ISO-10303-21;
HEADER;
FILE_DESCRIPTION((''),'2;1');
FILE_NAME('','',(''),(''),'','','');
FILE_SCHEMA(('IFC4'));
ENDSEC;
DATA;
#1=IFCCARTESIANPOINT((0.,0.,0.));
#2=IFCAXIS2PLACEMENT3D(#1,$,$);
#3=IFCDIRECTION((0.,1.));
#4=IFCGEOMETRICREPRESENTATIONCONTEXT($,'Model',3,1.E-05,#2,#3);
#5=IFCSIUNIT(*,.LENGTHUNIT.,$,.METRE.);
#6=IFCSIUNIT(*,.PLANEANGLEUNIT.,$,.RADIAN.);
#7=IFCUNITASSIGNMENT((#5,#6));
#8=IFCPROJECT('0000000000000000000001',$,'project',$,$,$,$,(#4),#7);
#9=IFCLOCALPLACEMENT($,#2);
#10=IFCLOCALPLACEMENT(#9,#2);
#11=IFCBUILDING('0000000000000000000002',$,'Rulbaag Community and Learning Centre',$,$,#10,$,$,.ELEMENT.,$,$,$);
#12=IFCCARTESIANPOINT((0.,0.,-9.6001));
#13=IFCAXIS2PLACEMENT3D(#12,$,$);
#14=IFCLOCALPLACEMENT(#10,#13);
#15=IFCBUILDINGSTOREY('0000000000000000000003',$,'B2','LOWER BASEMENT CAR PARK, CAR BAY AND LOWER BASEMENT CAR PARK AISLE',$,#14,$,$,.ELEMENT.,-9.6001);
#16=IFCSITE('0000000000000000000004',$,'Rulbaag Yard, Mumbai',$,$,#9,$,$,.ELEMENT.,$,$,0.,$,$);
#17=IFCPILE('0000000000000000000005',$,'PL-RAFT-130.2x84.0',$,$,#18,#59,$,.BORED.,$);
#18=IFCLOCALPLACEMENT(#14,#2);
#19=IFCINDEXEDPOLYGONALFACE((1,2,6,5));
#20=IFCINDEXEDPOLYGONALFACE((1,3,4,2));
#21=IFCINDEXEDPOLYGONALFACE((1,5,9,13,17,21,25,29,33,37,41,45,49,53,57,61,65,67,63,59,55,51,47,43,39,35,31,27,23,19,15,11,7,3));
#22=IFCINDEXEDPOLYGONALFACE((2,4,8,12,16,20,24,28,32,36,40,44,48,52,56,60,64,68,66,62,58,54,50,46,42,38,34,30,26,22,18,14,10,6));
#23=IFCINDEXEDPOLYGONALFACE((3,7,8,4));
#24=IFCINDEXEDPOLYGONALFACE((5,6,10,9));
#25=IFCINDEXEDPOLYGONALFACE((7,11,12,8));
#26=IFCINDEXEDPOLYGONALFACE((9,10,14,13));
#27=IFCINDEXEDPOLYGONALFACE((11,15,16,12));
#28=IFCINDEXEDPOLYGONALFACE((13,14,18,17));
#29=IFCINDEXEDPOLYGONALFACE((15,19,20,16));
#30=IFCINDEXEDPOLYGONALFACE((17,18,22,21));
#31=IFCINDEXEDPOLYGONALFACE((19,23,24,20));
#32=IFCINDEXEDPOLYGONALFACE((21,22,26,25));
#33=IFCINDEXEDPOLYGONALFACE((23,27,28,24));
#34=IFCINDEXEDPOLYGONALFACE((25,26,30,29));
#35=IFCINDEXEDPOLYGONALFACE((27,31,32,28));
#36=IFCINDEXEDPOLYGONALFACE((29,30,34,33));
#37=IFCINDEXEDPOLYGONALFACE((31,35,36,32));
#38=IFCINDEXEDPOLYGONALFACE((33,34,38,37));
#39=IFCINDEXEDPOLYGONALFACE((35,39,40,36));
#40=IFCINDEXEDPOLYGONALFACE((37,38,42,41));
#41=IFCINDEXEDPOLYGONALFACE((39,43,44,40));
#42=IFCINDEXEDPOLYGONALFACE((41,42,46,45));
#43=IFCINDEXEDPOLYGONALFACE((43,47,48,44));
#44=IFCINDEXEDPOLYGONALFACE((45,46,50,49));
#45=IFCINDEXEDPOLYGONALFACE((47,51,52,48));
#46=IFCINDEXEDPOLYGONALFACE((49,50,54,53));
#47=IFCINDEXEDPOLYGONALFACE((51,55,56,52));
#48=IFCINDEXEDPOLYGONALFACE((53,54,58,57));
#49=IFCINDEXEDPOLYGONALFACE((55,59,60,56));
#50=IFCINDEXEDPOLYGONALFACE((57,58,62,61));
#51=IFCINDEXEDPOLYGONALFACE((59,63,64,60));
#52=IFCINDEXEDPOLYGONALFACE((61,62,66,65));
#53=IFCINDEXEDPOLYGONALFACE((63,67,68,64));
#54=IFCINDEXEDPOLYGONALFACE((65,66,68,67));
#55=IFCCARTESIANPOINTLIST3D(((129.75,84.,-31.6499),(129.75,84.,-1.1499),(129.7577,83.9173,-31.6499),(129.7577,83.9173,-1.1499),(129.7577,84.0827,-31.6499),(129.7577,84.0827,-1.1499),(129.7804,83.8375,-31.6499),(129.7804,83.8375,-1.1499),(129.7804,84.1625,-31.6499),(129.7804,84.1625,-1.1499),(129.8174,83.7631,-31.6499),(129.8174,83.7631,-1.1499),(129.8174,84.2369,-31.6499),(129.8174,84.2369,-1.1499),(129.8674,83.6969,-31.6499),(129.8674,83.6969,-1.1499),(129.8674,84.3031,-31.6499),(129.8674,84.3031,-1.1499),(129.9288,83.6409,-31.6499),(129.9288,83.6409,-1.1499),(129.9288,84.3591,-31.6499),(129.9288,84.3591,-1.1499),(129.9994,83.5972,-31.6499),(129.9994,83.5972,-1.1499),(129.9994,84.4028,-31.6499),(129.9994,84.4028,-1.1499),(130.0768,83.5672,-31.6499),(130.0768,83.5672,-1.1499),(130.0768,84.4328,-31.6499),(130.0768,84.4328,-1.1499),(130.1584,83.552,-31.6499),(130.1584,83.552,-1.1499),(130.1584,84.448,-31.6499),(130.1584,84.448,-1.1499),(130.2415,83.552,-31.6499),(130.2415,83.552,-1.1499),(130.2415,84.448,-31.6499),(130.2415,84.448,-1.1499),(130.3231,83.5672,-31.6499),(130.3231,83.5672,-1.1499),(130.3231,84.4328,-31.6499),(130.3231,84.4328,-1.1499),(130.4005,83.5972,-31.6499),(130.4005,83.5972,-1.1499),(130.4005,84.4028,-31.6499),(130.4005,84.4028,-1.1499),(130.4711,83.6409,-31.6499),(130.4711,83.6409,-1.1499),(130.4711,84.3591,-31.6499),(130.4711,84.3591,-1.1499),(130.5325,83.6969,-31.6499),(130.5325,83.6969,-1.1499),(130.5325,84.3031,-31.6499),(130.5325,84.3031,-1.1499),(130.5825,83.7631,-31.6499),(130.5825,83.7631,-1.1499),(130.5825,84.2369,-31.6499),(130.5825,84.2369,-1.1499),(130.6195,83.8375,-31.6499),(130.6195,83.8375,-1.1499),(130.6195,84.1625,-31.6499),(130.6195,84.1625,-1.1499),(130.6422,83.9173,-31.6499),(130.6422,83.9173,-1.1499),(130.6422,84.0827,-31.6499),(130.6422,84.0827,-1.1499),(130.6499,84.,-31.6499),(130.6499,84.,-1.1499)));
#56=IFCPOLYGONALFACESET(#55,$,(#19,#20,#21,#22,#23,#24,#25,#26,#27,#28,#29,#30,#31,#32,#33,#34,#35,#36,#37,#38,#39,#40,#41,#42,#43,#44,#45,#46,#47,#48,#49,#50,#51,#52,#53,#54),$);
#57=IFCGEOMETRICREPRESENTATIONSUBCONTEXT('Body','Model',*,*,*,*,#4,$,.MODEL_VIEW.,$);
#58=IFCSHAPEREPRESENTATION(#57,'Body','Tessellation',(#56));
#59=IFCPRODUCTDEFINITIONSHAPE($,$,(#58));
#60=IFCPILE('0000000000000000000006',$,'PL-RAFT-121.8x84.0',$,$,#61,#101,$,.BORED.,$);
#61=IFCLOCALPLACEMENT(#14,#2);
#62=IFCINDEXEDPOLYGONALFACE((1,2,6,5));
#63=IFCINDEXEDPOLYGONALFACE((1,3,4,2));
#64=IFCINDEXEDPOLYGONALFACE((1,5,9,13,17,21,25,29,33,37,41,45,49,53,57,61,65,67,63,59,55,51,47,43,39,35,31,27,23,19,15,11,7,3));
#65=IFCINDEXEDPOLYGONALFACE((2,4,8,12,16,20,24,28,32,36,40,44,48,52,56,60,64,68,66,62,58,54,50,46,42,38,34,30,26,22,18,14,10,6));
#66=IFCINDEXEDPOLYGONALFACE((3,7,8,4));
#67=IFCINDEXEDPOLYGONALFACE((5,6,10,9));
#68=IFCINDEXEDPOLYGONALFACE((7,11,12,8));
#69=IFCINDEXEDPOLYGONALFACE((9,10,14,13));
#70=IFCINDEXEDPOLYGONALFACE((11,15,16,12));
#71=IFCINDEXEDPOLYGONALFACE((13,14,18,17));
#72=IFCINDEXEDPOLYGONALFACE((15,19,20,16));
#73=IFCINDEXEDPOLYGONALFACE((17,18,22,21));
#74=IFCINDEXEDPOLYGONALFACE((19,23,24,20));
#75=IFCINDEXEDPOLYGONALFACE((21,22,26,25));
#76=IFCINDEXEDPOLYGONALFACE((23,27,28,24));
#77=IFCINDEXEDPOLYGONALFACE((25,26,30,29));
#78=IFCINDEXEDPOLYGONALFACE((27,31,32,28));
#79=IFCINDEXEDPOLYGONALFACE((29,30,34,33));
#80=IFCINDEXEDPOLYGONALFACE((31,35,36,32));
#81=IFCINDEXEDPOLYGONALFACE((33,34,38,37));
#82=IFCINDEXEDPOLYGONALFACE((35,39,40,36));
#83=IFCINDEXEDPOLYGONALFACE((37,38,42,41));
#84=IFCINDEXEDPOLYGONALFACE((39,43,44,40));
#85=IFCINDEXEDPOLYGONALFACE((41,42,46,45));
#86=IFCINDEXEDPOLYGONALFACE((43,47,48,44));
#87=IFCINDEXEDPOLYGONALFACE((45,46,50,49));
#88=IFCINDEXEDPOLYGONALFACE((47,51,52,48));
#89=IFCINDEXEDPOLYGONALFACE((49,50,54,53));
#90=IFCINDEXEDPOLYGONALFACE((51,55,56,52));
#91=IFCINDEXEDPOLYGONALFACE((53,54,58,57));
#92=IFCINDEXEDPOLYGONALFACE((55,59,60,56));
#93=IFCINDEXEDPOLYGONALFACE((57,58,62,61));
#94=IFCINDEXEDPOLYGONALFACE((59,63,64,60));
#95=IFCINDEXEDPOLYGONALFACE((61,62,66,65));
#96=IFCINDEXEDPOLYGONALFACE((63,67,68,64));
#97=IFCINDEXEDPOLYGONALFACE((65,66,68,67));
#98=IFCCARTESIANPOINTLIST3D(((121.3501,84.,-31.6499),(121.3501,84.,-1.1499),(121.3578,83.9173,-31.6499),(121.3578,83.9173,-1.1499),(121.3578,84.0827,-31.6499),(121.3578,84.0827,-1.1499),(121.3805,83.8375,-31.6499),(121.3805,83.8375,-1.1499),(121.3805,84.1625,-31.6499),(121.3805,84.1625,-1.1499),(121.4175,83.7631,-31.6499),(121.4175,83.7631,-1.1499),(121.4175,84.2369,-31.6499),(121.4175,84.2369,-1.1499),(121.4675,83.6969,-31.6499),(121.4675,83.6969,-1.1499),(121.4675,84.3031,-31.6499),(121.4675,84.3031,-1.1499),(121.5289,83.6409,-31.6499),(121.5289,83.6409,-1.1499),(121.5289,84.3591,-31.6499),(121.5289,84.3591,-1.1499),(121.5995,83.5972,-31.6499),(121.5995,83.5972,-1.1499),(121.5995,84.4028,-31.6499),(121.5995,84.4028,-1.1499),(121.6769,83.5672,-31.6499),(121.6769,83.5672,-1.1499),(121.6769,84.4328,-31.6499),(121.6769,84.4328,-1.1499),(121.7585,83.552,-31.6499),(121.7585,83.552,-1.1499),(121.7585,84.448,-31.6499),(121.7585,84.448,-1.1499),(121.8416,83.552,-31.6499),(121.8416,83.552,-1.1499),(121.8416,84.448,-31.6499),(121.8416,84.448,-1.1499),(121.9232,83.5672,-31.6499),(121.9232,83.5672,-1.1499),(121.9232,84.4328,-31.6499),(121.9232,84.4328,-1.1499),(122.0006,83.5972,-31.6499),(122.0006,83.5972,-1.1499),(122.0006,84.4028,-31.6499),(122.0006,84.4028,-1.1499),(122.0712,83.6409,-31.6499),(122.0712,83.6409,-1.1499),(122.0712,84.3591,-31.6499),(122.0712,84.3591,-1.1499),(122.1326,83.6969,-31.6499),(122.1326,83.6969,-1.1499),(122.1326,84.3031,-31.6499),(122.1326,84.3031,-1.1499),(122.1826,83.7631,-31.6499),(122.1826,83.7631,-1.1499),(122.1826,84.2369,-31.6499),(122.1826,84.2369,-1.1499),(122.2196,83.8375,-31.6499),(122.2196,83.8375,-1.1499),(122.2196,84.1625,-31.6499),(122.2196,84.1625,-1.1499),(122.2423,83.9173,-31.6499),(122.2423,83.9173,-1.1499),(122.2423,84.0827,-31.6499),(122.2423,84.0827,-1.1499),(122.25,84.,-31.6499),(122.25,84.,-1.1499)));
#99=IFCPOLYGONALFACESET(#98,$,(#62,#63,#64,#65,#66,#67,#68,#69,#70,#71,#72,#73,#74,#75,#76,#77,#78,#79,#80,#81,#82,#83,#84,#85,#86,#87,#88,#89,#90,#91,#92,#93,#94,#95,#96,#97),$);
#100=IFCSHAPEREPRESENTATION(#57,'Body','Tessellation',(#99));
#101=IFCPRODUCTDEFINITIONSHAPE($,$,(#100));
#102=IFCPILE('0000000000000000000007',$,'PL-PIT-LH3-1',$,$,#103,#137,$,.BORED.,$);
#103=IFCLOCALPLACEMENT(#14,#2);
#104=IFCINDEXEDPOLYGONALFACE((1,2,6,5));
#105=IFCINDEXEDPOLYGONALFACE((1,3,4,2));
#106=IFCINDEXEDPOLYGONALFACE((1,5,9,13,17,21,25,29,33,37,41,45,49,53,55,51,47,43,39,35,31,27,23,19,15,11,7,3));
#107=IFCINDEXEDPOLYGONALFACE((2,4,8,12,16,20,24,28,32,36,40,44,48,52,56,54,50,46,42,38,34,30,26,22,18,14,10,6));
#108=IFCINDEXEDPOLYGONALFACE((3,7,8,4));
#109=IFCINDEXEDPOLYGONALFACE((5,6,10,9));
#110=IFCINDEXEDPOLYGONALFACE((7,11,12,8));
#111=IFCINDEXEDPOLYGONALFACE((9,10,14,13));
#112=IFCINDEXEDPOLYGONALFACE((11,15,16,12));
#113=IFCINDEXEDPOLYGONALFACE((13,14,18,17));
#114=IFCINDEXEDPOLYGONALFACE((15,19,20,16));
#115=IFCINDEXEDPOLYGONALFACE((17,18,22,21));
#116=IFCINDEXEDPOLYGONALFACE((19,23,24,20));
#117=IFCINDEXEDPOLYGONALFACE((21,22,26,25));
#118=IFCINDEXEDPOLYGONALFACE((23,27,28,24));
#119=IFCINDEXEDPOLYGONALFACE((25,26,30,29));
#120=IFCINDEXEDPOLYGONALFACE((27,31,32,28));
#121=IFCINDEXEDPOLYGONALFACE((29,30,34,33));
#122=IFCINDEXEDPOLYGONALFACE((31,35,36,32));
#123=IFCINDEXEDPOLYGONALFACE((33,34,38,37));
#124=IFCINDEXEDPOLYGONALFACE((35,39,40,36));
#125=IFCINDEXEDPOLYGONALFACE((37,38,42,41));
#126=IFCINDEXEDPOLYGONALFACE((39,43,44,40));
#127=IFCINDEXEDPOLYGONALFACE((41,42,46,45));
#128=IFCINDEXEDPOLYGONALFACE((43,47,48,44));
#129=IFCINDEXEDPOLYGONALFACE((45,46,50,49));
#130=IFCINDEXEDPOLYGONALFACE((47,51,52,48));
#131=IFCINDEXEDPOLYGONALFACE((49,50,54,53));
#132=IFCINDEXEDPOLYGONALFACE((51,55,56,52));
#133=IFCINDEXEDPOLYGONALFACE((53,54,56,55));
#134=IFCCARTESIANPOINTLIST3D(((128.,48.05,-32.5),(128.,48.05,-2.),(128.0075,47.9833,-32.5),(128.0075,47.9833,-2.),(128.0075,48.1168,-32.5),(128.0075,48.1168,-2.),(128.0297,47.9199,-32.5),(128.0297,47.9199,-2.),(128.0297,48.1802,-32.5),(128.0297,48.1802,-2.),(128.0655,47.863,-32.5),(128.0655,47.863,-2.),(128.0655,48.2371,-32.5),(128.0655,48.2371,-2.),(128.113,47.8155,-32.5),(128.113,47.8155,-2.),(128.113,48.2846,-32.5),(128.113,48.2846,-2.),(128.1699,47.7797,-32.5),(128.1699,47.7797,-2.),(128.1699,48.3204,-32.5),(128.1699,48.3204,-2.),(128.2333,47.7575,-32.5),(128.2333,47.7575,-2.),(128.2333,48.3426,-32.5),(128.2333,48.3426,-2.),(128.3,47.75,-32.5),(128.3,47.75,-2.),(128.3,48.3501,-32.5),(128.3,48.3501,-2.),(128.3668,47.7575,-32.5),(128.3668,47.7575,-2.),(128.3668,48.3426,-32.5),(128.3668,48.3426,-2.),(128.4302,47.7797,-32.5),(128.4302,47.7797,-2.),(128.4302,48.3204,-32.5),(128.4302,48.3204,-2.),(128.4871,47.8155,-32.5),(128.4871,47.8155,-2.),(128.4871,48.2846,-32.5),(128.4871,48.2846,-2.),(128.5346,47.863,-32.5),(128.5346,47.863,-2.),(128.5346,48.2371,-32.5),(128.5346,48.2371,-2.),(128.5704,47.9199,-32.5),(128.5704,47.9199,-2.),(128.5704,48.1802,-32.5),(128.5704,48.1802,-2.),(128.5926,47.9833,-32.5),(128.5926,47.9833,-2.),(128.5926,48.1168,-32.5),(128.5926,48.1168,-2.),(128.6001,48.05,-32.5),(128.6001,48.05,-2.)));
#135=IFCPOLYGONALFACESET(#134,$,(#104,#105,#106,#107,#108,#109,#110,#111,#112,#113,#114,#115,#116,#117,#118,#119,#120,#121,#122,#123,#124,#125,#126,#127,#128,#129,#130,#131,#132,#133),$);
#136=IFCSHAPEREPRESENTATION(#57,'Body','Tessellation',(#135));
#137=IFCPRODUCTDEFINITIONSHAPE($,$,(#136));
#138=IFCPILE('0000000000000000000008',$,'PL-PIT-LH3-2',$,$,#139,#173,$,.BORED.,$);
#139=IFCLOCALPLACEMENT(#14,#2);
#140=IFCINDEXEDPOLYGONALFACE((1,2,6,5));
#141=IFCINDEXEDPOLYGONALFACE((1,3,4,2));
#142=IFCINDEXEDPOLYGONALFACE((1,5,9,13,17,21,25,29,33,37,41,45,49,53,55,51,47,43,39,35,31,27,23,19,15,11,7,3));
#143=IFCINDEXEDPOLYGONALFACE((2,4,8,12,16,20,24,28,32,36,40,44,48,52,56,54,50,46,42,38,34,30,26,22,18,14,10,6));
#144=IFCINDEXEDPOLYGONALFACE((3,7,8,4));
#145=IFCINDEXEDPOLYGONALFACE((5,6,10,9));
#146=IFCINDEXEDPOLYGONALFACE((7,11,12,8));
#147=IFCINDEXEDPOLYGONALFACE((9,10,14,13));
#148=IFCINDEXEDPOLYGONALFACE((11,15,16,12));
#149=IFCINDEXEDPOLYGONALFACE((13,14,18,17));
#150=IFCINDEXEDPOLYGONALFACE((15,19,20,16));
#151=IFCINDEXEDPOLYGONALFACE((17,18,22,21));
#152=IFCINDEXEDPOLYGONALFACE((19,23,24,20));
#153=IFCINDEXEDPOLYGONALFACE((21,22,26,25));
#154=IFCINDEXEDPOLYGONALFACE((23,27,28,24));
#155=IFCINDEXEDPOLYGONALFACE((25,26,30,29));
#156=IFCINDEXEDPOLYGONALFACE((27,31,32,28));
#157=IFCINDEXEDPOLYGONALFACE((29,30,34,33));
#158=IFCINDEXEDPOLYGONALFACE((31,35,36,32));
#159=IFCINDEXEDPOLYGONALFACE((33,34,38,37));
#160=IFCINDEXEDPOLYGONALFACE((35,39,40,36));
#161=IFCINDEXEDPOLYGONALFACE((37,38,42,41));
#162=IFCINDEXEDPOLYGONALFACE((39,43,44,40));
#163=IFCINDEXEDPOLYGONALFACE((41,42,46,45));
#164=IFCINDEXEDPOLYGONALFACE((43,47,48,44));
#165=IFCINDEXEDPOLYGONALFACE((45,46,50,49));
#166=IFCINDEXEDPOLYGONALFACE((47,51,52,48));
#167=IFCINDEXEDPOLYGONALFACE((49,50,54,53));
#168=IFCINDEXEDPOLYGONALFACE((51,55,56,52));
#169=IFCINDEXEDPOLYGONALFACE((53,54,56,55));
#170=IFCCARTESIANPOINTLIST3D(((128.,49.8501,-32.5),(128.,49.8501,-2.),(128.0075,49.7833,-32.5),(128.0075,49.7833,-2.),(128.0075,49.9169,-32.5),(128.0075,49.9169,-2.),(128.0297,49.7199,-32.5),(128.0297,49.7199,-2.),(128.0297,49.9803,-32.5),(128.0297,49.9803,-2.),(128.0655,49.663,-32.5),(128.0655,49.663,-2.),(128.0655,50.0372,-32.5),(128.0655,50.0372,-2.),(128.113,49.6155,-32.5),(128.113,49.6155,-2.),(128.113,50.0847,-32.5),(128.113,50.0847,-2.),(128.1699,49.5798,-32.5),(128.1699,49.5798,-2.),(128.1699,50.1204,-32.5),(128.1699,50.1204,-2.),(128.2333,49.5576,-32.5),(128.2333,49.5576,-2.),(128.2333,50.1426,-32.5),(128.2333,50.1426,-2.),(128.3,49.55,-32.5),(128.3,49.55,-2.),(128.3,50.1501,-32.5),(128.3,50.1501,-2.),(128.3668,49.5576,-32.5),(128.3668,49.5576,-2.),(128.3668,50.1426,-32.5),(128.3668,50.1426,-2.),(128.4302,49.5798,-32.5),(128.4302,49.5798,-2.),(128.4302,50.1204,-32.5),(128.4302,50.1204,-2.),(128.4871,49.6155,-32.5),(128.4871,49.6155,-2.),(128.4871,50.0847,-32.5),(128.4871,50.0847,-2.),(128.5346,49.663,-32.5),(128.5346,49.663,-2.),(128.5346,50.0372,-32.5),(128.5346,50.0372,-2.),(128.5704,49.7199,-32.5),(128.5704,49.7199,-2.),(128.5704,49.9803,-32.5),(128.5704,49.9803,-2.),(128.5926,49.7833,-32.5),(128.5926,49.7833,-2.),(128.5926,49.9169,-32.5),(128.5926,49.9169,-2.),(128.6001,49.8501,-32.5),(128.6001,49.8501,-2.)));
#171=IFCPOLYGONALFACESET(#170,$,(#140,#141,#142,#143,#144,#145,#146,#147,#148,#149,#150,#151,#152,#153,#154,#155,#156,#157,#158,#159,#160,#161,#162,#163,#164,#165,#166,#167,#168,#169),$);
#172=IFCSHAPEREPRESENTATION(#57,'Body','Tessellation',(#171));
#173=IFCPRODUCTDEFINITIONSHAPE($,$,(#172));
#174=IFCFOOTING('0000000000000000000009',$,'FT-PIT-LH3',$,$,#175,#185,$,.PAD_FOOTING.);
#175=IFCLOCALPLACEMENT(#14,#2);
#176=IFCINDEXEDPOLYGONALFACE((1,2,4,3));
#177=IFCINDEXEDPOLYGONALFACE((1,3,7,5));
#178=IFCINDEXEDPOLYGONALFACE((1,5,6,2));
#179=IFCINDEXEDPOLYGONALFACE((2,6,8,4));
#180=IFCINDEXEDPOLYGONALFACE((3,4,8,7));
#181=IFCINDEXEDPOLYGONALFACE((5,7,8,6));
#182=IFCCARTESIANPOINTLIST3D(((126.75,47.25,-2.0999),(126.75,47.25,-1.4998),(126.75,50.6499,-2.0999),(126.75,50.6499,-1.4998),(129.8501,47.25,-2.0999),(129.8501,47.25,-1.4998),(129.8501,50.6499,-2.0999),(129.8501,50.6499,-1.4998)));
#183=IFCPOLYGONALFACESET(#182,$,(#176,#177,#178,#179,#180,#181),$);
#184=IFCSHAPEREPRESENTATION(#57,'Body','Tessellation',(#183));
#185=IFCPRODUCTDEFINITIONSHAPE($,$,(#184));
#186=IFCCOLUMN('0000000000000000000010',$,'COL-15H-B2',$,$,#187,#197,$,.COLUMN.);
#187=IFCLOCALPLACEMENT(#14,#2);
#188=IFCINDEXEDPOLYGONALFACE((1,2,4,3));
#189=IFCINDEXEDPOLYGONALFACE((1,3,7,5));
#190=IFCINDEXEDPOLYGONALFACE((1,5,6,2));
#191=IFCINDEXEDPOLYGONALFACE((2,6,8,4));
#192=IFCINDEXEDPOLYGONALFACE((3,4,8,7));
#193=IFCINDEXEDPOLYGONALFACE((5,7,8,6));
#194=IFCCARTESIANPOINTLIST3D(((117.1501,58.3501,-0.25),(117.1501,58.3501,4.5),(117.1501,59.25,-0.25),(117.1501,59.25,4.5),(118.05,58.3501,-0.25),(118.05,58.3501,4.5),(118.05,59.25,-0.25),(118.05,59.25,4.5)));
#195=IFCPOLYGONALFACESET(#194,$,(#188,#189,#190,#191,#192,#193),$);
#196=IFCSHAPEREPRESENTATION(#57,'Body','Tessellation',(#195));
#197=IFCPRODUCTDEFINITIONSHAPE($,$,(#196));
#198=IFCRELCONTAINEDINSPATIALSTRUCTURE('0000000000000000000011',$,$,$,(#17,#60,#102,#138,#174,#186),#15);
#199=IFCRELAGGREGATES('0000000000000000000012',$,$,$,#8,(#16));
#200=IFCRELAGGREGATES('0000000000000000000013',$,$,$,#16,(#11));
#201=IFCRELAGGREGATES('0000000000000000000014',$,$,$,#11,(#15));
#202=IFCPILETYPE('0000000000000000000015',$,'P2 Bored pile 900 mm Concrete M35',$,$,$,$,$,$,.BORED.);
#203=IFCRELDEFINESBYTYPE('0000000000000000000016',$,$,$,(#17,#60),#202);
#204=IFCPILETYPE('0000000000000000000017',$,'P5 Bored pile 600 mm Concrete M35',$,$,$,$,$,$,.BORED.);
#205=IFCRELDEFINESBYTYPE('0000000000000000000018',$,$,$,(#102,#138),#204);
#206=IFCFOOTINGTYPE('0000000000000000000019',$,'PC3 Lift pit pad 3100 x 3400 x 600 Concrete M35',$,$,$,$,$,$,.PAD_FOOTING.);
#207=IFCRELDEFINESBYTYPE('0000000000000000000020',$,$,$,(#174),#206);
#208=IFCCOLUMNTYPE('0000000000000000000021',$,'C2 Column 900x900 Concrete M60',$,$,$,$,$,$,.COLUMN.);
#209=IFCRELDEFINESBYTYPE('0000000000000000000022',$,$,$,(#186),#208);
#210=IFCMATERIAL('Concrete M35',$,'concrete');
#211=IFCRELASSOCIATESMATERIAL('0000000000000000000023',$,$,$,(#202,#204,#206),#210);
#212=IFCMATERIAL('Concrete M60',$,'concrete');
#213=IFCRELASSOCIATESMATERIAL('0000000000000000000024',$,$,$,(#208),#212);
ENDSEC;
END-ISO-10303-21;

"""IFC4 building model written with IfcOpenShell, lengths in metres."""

from ifc_helpers import new_model, si_unit, direction, frame, origin, origin_2d, place, context, subcontext, project, spatial, rectangle, circle, extrude, material, material_profile, profile_set, type_object, element, save


model = new_model("IFC4")

# Units and contexts
model_context = context("Model", 3, precision=1e-05, world=origin(), true_north=direction((0.0, 1.0)))
body_context = subcontext(model_context, "Body", "Model", "MODEL_VIEW")
ifc_project = project(units=[si_unit("LENGTHUNIT", "METRE"), si_unit("PLANEANGLEUNIT", "RADIAN")], contexts=[model_context])

# Site, building, storey
site_placement = place(None, origin())
site = spatial("IfcSite", under=ifc_project, at=site_placement, Name="Rulbaag Yard, Mumbai", CompositionType="ELEMENT", RefElevation=0.0)
building_placement = place(site_placement, origin())
building = spatial("IfcBuilding", under=site, at=building_placement, Name="Rulbaag Community and Learning Centre", CompositionType="ELEMENT")
storey_placement = place(building_placement, frame((0.0, 0.0, -9.6001)))
storey = spatial("IfcBuildingStorey", under=building, at=storey_placement, Name="B2", Description="LOWER BASEMENT CAR PARK, CAR BAY AND LOWER BASEMENT CAR PARK AISLE", CompositionType="ELEMENT", Elevation=-9.6001)

# Piles
ifc_material_1 = material(Name="Concrete M35", Category="concrete")
ifc_material_profile_1 = material_profile(ifc_material_1, circle(Radius=0.45, at=origin_2d()), Name="BP900")
ifc_profile_set_1 = profile_set([ifc_material_profile_1], Name="Concrete M35")
pile_type_1 = type_object("IfcPileType", Name="P2 Bored pile 900 mm Concrete M35", PredefinedType="BORED", material=ifc_profile_set_1)
for number, where, z_axis, x_axis, name in (
    (1, (130.2, 84.0, -1.1499), (0.0, 0.0, -1.0), (1.0, 0.0, 0.0), "PL-RAFT-130.2x84.0"),
    (2, (121.8, 84.0, -1.1499), (0.0, 0.0, -1.0), (1.0, 0.0, 0.0), "PL-RAFT-121.8x84.0"),
):
    element("IfcPile", number, at=place(storey_placement, frame(where, z_axis=z_axis, x_axis=x_axis)), inside=storey, type_object=pile_type_1, Name=name, PredefinedType="BORED", context=body_context, shape_type="SweptSolid", body=[
        extrude(circle(Radius=0.45, at=origin_2d()), origin(), (0.0, 0.0, 1.0), 30.5),
    ])
ifc_material_profile_2 = material_profile(ifc_material_1, circle(Radius=0.3, at=origin_2d()), Name="BP600")
ifc_profile_set_2 = profile_set([ifc_material_profile_2], Name="Concrete M35")
pile_type_2 = type_object("IfcPileType", Name="P5 Bored pile 600 mm Concrete M35", PredefinedType="BORED", material=ifc_profile_set_2)
for number, where, z_axis, x_axis, name in (
    (3, (128.3, 48.05, -2.0), (0.0, 0.0, -1.0), (1.0, 0.0, 0.0), "PL-PIT-LH3-1"),
    (4, (128.3, 49.8501, -2.0), (0.0, 0.0, -1.0), (1.0, 0.0, 0.0), "PL-PIT-LH3-2"),
):
    element("IfcPile", number, at=place(storey_placement, frame(where, z_axis=z_axis, x_axis=x_axis)), inside=storey, type_object=pile_type_2, Name=name, PredefinedType="BORED", context=body_context, shape_type="SweptSolid", body=[
        extrude(circle(Radius=0.3, at=origin_2d()), origin(), (0.0, 0.0, 1.0), 30.5),
    ])

# Footing
footing_type = type_object("IfcFootingType", Name="PC3 Lift pit pad 3100 x 3400 x 600 Concrete M35", PredefinedType="PAD_FOOTING", material=ifc_material_1)
footing_placement = place(storey_placement, frame((128.3, 48.95, -2.0999), z_axis=(0.0, 0.0, 1.0), x_axis=(1.0, 0.0, 0.0)))
element("IfcFooting", 5, at=footing_placement, inside=storey, type_object=footing_type, Name="FT-PIT-LH3", PredefinedType="PAD_FOOTING", context=body_context, shape_type="SweptSolid", body=[
    extrude(rectangle(XDim=3.1001, YDim=3.3999, at=origin_2d()), origin(), (0.0, 0.0, 1.0), 0.6001),
])

# Column
ifc_material_2 = material(Name="Concrete M60", Category="concrete")
ifc_material_profile_3 = material_profile(ifc_material_2, rectangle(XDim=0.8999, YDim=0.8999, at=origin_2d()), Name="RC900x900")
ifc_profile_set_3 = profile_set([ifc_material_profile_3], Name="Concrete M60")
column_type = type_object("IfcColumnType", Name="C2 Column 900x900 Concrete M60", PredefinedType="COLUMN", material=ifc_profile_set_3)
for number, where, z_axis, x_axis, name in (
    (6, (117.6001, 58.8, -0.25), (0.0, 0.0, 1.0), (1.0, 0.0, 0.0), "COL-15H-B2"),
):
    element("IfcColumn", number, at=place(storey_placement, frame(where, z_axis=z_axis, x_axis=x_axis)), inside=storey, type_object=column_type, Name=name, PredefinedType="COLUMN", context=body_context, shape_type="SweptSolid", body=[
        extrude(rectangle(XDim=0.8999, YDim=0.8999, at=origin_2d()), origin(), (0.0, 0.0, 1.0), 4.75),
    ])

save(model, "model.ifc")
